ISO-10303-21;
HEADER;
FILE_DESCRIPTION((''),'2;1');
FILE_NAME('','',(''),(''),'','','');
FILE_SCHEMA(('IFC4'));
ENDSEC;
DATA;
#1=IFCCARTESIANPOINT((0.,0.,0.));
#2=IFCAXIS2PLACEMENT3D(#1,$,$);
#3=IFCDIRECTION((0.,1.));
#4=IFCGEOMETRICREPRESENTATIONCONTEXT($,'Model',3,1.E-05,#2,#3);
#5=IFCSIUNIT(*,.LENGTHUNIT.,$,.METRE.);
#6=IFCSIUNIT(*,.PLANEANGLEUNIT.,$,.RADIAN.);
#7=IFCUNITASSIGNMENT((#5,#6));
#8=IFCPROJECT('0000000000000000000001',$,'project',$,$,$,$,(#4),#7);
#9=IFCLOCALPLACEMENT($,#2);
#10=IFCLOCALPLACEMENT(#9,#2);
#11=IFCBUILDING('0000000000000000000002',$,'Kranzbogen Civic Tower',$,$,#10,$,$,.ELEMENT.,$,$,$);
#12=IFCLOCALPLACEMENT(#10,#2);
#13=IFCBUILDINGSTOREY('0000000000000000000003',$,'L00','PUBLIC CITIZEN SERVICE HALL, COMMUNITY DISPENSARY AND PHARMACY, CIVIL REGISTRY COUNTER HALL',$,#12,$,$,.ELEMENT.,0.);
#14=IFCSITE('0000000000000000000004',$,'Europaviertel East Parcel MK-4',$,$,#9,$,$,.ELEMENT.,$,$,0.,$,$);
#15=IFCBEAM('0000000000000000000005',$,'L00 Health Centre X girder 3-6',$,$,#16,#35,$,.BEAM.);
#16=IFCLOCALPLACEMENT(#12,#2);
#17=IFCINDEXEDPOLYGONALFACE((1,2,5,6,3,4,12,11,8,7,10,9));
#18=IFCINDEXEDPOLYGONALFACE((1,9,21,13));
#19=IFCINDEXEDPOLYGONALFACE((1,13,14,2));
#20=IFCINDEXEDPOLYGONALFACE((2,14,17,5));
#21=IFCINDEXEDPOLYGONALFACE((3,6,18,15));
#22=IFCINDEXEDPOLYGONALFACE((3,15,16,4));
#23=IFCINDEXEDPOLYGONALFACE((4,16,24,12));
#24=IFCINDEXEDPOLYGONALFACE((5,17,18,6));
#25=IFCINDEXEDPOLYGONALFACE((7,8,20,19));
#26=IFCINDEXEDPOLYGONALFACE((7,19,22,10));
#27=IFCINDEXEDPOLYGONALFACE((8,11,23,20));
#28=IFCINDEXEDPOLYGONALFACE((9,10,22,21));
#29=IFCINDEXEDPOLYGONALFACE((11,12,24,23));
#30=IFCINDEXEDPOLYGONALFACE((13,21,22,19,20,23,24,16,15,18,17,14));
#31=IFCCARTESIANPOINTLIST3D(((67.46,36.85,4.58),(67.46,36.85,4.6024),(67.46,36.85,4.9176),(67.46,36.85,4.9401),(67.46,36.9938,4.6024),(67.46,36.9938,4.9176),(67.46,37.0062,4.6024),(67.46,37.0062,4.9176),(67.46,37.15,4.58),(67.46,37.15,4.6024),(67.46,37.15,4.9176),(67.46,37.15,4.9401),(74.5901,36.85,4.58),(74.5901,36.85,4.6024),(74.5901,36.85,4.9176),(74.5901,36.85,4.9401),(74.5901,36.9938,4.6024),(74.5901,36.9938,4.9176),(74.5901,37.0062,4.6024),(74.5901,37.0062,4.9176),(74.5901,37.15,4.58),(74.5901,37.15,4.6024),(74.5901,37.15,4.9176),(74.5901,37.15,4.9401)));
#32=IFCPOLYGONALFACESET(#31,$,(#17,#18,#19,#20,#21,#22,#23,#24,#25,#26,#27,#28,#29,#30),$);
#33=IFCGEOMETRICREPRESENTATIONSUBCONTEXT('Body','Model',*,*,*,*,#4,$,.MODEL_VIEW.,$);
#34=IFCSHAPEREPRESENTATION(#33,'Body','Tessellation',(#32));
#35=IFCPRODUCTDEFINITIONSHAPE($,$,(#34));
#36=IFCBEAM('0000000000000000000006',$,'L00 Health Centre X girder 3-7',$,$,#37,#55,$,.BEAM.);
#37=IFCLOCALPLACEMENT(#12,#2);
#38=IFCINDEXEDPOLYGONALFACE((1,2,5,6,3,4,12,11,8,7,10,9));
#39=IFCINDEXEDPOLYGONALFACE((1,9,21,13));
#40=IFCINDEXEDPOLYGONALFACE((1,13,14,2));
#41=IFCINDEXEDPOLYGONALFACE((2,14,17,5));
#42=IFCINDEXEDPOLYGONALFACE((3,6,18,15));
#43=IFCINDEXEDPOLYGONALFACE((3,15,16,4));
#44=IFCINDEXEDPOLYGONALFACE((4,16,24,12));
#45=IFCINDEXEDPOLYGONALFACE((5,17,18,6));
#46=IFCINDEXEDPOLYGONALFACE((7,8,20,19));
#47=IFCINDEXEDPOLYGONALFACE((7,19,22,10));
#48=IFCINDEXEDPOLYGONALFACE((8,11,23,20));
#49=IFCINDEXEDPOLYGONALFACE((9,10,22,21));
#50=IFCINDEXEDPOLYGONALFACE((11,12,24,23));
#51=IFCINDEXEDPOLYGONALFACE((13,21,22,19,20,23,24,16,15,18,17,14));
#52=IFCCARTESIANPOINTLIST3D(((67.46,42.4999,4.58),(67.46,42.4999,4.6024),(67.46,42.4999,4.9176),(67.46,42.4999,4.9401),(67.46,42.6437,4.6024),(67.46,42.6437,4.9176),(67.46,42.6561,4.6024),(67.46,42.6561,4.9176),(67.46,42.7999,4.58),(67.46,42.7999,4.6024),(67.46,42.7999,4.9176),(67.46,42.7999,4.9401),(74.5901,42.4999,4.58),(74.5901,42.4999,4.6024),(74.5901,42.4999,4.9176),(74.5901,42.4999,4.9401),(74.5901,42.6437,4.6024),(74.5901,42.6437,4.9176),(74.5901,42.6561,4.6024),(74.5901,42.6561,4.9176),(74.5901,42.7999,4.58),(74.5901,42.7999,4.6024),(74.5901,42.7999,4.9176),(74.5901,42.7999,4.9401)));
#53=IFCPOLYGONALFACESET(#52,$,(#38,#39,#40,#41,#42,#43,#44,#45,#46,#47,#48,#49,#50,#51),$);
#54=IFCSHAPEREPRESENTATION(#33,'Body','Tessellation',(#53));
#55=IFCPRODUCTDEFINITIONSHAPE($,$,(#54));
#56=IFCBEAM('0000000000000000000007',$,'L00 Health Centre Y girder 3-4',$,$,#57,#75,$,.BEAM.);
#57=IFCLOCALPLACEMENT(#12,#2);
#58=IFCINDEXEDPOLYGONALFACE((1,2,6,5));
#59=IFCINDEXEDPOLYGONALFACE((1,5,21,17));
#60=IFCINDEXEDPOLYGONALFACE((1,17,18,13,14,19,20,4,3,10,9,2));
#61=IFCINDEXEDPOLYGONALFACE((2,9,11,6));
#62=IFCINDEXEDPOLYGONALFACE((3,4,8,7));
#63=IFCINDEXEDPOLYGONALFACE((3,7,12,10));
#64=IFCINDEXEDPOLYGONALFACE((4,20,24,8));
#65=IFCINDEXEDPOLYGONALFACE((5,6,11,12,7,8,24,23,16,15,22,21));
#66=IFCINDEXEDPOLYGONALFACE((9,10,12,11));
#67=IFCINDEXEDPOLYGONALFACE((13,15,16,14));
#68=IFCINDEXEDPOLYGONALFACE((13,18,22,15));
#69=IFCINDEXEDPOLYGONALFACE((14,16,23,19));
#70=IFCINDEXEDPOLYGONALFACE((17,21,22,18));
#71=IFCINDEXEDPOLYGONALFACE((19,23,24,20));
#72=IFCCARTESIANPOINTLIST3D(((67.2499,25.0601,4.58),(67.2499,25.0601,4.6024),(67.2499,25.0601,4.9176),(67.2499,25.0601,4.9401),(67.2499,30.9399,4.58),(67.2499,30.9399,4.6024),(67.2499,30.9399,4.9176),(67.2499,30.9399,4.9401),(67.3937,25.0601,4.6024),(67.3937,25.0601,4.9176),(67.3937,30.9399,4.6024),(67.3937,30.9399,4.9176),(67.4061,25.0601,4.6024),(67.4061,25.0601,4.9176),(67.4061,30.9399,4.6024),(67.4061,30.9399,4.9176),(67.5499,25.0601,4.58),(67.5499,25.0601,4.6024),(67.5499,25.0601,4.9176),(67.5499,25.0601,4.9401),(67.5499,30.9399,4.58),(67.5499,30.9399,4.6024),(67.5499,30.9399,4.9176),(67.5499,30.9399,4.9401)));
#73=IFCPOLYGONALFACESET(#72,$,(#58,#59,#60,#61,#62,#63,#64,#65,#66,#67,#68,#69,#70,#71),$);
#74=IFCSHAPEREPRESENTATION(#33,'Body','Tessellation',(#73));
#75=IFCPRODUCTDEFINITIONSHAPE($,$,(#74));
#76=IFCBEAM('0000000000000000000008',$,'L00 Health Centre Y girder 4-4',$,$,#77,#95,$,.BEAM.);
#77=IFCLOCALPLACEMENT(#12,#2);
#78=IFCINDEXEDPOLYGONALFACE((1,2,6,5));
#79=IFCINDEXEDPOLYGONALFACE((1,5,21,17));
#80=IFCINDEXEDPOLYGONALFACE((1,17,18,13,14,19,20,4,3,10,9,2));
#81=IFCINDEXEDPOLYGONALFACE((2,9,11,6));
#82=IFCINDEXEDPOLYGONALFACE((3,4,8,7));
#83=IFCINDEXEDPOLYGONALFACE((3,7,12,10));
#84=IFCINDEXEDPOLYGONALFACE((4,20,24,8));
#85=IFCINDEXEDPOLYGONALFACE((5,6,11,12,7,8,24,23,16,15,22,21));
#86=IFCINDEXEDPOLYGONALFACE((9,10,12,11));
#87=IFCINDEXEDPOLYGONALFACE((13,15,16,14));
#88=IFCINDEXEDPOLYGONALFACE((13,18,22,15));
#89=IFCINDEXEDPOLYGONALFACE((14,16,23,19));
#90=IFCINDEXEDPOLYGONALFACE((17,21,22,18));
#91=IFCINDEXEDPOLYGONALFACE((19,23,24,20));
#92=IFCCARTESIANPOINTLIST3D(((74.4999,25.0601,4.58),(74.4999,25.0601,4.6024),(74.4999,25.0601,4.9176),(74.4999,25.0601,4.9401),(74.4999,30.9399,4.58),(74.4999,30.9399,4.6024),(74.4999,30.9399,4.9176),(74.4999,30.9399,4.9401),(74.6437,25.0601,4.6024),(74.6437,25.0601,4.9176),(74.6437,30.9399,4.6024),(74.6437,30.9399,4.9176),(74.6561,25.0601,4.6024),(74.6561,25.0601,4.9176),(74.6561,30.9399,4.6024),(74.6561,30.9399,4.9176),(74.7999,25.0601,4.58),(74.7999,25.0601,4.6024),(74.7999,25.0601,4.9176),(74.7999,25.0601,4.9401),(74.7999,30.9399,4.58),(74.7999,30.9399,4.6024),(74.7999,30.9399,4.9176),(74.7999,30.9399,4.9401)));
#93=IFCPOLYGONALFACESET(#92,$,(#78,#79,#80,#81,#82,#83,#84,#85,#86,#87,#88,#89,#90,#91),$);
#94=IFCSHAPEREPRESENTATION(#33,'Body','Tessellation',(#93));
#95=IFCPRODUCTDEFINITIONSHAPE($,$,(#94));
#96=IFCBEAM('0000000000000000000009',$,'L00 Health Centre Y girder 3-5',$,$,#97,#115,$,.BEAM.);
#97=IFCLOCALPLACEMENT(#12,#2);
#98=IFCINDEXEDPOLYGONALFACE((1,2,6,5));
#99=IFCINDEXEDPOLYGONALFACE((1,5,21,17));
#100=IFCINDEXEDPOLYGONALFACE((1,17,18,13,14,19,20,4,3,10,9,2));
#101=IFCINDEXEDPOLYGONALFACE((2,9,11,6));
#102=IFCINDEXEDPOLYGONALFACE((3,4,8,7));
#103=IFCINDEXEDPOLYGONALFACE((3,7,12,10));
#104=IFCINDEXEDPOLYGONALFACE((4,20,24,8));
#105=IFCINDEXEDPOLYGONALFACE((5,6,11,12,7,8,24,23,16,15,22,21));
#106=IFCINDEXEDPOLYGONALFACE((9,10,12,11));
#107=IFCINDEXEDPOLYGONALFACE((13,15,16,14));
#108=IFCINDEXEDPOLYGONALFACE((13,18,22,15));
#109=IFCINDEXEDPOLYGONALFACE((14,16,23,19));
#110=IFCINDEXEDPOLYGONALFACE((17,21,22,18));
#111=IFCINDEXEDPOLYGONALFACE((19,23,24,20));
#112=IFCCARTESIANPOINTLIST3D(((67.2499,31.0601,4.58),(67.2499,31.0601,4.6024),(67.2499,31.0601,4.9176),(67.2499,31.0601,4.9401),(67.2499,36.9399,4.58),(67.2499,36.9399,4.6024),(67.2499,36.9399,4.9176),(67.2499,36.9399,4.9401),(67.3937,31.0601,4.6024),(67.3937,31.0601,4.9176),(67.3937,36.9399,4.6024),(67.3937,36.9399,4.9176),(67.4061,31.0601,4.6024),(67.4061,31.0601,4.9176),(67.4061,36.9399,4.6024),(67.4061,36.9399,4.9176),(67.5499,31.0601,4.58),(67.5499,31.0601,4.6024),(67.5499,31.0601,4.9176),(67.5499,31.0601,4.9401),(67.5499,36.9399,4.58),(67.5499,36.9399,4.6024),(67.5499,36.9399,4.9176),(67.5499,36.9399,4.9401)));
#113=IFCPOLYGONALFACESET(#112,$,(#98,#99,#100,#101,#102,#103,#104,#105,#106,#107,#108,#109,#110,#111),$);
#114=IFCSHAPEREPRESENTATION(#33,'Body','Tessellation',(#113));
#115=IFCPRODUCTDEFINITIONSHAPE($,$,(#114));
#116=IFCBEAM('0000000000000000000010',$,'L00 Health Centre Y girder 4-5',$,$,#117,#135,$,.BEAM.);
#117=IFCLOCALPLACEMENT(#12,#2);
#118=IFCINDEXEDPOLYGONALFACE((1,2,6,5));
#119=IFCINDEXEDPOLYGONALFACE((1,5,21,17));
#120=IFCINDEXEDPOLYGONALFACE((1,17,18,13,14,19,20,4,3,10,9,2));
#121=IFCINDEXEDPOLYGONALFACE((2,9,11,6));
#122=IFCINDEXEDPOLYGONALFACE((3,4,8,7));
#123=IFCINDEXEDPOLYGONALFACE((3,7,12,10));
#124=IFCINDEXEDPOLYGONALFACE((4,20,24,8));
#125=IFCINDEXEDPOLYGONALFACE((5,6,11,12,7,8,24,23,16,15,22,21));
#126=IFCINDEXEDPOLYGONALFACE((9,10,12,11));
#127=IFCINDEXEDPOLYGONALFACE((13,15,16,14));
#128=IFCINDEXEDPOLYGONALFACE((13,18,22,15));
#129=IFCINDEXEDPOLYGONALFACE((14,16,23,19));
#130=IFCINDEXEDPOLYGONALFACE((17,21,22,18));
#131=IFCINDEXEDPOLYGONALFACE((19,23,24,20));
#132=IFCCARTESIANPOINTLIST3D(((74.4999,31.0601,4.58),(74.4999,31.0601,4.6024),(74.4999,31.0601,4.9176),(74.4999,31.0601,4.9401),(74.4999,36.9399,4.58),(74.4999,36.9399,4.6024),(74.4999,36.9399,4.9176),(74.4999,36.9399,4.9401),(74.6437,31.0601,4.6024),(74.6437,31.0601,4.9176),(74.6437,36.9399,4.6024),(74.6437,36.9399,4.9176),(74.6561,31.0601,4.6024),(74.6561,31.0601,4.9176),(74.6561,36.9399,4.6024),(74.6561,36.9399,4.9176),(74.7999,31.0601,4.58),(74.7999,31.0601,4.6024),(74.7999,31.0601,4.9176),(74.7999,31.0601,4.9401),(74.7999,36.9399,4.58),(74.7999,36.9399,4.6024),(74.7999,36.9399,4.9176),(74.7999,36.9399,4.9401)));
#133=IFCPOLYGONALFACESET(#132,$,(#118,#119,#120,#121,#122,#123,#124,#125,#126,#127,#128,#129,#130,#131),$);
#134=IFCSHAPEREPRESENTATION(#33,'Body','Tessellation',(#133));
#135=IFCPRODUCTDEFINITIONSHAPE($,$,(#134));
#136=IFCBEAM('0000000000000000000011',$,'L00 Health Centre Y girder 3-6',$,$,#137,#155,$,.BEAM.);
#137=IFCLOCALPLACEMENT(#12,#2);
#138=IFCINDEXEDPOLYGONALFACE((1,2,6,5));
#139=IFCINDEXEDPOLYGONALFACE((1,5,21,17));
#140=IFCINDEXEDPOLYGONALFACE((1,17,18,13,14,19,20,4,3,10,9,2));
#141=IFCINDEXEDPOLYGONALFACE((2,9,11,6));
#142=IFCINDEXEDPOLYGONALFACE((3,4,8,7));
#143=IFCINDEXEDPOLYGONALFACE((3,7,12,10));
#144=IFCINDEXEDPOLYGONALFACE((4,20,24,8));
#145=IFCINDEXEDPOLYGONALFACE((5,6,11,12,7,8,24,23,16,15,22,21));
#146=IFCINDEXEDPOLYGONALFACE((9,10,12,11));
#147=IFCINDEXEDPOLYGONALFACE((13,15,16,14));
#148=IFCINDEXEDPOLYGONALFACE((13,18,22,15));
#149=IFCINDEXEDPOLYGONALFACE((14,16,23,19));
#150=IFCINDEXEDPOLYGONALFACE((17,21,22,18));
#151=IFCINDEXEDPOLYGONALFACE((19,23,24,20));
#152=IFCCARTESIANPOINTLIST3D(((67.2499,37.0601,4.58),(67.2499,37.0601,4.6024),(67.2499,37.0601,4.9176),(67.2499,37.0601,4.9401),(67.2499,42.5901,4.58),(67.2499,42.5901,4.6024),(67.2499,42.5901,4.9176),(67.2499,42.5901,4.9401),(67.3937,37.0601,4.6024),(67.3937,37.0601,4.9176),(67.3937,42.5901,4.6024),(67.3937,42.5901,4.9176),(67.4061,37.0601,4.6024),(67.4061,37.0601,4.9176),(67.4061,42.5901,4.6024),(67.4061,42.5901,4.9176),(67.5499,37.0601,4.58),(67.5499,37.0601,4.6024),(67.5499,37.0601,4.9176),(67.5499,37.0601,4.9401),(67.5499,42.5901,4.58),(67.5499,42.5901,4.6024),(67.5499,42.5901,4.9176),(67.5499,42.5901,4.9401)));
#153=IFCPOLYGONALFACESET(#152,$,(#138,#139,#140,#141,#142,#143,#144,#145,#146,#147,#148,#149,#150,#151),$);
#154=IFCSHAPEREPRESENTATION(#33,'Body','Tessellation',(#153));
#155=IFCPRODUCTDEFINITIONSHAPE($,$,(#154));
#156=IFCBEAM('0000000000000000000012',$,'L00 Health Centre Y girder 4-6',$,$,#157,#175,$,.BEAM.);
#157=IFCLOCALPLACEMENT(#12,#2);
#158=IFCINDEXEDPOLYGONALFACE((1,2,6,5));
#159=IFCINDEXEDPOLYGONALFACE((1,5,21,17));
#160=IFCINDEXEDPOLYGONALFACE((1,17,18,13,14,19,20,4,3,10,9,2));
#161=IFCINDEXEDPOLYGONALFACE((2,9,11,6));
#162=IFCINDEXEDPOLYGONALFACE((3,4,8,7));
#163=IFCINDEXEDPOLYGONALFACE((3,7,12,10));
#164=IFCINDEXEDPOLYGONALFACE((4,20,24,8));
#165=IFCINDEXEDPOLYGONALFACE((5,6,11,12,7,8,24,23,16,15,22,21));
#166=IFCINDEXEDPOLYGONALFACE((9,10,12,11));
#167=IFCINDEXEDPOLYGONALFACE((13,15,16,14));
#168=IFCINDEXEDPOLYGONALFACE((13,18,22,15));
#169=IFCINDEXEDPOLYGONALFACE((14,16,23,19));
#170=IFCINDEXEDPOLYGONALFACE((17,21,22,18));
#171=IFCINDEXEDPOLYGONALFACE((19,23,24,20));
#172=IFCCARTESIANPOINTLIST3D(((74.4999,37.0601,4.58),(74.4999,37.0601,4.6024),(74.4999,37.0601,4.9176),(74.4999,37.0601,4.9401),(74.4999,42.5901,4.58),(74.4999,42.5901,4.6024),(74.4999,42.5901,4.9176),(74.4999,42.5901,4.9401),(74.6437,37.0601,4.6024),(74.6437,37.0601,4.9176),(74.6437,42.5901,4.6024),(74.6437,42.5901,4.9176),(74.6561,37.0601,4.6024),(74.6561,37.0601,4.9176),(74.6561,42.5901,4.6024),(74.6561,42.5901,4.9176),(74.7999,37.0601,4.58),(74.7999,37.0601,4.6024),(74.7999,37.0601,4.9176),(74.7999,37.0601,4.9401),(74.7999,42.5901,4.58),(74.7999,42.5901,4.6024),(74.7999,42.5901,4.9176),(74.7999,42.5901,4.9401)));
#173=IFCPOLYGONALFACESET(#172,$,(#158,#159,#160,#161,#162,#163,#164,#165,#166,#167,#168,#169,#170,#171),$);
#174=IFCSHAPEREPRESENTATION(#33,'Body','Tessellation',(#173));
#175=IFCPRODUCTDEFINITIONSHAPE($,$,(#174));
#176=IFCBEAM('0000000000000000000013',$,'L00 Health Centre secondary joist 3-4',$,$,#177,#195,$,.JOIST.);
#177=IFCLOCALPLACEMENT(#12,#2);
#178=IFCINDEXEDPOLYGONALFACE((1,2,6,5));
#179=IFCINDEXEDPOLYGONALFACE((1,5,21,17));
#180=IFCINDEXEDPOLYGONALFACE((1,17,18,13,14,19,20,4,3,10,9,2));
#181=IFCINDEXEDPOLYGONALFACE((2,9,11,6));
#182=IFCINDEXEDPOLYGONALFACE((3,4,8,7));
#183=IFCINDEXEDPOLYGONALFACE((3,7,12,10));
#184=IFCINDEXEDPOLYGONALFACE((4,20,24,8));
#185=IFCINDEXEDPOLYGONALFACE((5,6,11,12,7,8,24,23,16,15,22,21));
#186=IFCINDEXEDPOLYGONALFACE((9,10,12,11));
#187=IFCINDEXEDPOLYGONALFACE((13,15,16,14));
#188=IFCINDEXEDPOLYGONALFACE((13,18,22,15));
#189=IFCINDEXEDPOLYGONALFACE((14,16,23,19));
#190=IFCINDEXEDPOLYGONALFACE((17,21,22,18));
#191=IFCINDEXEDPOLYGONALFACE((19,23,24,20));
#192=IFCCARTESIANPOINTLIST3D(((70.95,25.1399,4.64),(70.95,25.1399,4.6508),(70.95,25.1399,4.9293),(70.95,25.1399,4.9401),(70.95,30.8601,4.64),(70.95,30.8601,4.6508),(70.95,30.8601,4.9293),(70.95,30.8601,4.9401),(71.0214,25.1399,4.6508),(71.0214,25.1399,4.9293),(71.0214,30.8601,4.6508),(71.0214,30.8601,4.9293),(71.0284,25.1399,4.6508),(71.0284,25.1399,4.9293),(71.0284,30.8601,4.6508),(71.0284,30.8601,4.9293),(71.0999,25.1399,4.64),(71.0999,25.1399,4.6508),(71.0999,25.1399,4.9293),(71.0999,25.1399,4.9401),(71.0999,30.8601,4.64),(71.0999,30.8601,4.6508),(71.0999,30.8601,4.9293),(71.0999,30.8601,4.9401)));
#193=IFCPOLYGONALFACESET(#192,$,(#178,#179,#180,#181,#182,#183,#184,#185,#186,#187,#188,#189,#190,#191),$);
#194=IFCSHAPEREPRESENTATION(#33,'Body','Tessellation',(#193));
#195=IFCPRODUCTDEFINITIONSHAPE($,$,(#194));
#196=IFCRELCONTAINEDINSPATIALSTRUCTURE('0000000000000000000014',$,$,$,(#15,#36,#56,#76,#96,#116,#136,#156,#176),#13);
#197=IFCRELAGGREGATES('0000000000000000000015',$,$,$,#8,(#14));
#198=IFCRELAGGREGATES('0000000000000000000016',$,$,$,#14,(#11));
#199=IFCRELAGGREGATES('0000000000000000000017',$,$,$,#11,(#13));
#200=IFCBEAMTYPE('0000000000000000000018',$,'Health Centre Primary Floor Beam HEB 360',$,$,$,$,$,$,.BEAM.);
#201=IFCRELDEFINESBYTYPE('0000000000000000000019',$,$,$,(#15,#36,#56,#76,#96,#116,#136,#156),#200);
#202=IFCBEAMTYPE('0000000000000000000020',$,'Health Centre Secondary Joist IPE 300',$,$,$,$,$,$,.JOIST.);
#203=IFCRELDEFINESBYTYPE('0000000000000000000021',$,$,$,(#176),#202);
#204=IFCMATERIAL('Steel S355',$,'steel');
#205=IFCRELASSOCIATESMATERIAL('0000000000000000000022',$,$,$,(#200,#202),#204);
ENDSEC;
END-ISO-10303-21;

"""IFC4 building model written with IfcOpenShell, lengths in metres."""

from ifc_helpers import new_model, si_unit, direction, frame, origin, origin_2d, place, context, subcontext, project, spatial, i_section, extrude, material, material_profile, profile_set, type_object, element, save


model = new_model("IFC4")

# Units and contexts
model_context = context("Model", 3, precision=1e-05, world=origin(), true_north=direction((0.0, 1.0)))
body_context = subcontext(model_context, "Body", "Model", "MODEL_VIEW")
ifc_project = project(units=[si_unit("LENGTHUNIT", "METRE"), si_unit("PLANEANGLEUNIT", "RADIAN")], contexts=[model_context])

# Site, building, storey
site_placement = place(None, origin())
site = spatial("IfcSite", under=ifc_project, at=site_placement, Name="Europaviertel East Parcel MK-4", CompositionType="ELEMENT", RefElevation=0.0)
building_placement = place(site_placement, origin())
building = spatial("IfcBuilding", under=site, at=building_placement, Name="Kranzbogen Civic Tower", CompositionType="ELEMENT")
storey_placement = place(building_placement, origin())
storey = spatial("IfcBuildingStorey", under=building, at=storey_placement, Name="L00", Description="PUBLIC CITIZEN SERVICE HALL, COMMUNITY DISPENSARY AND PHARMACY, CIVIL REGISTRY COUNTER HALL", CompositionType="ELEMENT", Elevation=0.0)

# Shared definitions
ifc_material_1 = material(Name="Steel S355", Category="steel")

# Beams
ifc_material_profile_1 = material_profile(ifc_material_1, i_section(OverallWidth=0.3, OverallDepth=0.3601, WebThickness=0.0125, FlangeThickness=0.0225, at=origin_2d()), Name="HEB 360")
ifc_profile_set_1 = profile_set([ifc_material_profile_1], Name="Steel S355")
beam_type_1 = type_object("IfcBeamType", Name="Health Centre Primary Floor Beam HEB 360", PredefinedType="BEAM", material=ifc_profile_set_1)
for number, where, z_axis, x_axis, name in (
    (1, (67.46, 37.0, 4.76), (1.0, 0.0, 0.0), (0.0, 1.0, 0.0), "L00 Health Centre X girder 3-6"),
    (2, (67.46, 42.6499, 4.76), (1.0, 0.0, 0.0), (0.0, 1.0, 0.0), "L00 Health Centre X girder 3-7"),
):
    element("IfcBeam", number, at=place(storey_placement, frame(where, z_axis=z_axis, x_axis=x_axis)), inside=storey, type_object=beam_type_1, Name=name, PredefinedType="BEAM", context=body_context, shape_type="SweptSolid", body=[
        extrude(i_section(OverallWidth=0.3, OverallDepth=0.3601, WebThickness=0.0125, FlangeThickness=0.0225, at=origin_2d()), origin(), (0.0, 0.0, 1.0), 7.1301),
    ])
for number, where, z_axis, x_axis, name in (
    (3, (67.3999, 25.0601, 4.76), (0.0, 1.0, 0.0), (-1.0, 0.0, 0.0), "L00 Health Centre Y girder 3-4"),
    (4, (74.6499, 25.0601, 4.76), (0.0, 1.0, 0.0), (-1.0, 0.0, 0.0), "L00 Health Centre Y girder 4-4"),
    (5, (67.3999, 31.0601, 4.76), (0.0, 1.0, 0.0), (-1.0, 0.0, 0.0), "L00 Health Centre Y girder 3-5"),
    (6, (74.6499, 31.0601, 4.76), (0.0, 1.0, 0.0), (-1.0, 0.0, 0.0), "L00 Health Centre Y girder 4-5"),
):
    element("IfcBeam", number, at=place(storey_placement, frame(where, z_axis=z_axis, x_axis=x_axis)), inside=storey, type_object=beam_type_1, Name=name, PredefinedType="BEAM", context=body_context, shape_type="SweptSolid", body=[
        extrude(i_section(OverallWidth=0.3, OverallDepth=0.3601, WebThickness=0.0125, FlangeThickness=0.0225, at=origin_2d()), origin(), (0.0, 0.0, 1.0), 5.8799),
    ])
for number, where, z_axis, x_axis, name in (
    (7, (67.3999, 37.0601, 4.76), (0.0, 1.0, 0.0), (-1.0, 0.0, 0.0), "L00 Health Centre Y girder 3-6"),
    (8, (74.6499, 37.0601, 4.76), (0.0, 1.0, 0.0), (-1.0, 0.0, 0.0), "L00 Health Centre Y girder 4-6"),
):
    element("IfcBeam", number, at=place(storey_placement, frame(where, z_axis=z_axis, x_axis=x_axis)), inside=storey, type_object=beam_type_1, Name=name, PredefinedType="BEAM", context=body_context, shape_type="SweptSolid", body=[
        extrude(i_section(OverallWidth=0.3, OverallDepth=0.3601, WebThickness=0.0125, FlangeThickness=0.0225, at=origin_2d()), origin(), (0.0, 0.0, 1.0), 5.53),
    ])
ifc_material_profile_2 = material_profile(ifc_material_1, i_section(OverallWidth=0.1499, OverallDepth=0.3, WebThickness=0.0071, FlangeThickness=0.0107, at=origin_2d()), Name="IPE 300")
ifc_profile_set_2 = profile_set([ifc_material_profile_2], Name="Steel S355")
beam_type_2 = type_object("IfcBeamType", Name="Health Centre Secondary Joist IPE 300", PredefinedType="JOIST", material=ifc_profile_set_2)
for number, where, z_axis, x_axis, name in (
    (9, (71.0249, 25.1399, 4.79), (0.0, 1.0, 0.0), (-1.0, 0.0, 0.0), "L00 Health Centre secondary joist 3-4"),
):
    element("IfcBeam", number, at=place(storey_placement, frame(where, z_axis=z_axis, x_axis=x_axis)), inside=storey, type_object=beam_type_2, Name=name, PredefinedType="JOIST", context=body_context, shape_type="SweptSolid", body=[
        extrude(i_section(OverallWidth=0.1499, OverallDepth=0.3, WebThickness=0.0071, FlangeThickness=0.0107, at=origin_2d()), origin(), (0.0, 0.0, 1.0), 5.7202),
    ])

save(model, "model.ifc")
